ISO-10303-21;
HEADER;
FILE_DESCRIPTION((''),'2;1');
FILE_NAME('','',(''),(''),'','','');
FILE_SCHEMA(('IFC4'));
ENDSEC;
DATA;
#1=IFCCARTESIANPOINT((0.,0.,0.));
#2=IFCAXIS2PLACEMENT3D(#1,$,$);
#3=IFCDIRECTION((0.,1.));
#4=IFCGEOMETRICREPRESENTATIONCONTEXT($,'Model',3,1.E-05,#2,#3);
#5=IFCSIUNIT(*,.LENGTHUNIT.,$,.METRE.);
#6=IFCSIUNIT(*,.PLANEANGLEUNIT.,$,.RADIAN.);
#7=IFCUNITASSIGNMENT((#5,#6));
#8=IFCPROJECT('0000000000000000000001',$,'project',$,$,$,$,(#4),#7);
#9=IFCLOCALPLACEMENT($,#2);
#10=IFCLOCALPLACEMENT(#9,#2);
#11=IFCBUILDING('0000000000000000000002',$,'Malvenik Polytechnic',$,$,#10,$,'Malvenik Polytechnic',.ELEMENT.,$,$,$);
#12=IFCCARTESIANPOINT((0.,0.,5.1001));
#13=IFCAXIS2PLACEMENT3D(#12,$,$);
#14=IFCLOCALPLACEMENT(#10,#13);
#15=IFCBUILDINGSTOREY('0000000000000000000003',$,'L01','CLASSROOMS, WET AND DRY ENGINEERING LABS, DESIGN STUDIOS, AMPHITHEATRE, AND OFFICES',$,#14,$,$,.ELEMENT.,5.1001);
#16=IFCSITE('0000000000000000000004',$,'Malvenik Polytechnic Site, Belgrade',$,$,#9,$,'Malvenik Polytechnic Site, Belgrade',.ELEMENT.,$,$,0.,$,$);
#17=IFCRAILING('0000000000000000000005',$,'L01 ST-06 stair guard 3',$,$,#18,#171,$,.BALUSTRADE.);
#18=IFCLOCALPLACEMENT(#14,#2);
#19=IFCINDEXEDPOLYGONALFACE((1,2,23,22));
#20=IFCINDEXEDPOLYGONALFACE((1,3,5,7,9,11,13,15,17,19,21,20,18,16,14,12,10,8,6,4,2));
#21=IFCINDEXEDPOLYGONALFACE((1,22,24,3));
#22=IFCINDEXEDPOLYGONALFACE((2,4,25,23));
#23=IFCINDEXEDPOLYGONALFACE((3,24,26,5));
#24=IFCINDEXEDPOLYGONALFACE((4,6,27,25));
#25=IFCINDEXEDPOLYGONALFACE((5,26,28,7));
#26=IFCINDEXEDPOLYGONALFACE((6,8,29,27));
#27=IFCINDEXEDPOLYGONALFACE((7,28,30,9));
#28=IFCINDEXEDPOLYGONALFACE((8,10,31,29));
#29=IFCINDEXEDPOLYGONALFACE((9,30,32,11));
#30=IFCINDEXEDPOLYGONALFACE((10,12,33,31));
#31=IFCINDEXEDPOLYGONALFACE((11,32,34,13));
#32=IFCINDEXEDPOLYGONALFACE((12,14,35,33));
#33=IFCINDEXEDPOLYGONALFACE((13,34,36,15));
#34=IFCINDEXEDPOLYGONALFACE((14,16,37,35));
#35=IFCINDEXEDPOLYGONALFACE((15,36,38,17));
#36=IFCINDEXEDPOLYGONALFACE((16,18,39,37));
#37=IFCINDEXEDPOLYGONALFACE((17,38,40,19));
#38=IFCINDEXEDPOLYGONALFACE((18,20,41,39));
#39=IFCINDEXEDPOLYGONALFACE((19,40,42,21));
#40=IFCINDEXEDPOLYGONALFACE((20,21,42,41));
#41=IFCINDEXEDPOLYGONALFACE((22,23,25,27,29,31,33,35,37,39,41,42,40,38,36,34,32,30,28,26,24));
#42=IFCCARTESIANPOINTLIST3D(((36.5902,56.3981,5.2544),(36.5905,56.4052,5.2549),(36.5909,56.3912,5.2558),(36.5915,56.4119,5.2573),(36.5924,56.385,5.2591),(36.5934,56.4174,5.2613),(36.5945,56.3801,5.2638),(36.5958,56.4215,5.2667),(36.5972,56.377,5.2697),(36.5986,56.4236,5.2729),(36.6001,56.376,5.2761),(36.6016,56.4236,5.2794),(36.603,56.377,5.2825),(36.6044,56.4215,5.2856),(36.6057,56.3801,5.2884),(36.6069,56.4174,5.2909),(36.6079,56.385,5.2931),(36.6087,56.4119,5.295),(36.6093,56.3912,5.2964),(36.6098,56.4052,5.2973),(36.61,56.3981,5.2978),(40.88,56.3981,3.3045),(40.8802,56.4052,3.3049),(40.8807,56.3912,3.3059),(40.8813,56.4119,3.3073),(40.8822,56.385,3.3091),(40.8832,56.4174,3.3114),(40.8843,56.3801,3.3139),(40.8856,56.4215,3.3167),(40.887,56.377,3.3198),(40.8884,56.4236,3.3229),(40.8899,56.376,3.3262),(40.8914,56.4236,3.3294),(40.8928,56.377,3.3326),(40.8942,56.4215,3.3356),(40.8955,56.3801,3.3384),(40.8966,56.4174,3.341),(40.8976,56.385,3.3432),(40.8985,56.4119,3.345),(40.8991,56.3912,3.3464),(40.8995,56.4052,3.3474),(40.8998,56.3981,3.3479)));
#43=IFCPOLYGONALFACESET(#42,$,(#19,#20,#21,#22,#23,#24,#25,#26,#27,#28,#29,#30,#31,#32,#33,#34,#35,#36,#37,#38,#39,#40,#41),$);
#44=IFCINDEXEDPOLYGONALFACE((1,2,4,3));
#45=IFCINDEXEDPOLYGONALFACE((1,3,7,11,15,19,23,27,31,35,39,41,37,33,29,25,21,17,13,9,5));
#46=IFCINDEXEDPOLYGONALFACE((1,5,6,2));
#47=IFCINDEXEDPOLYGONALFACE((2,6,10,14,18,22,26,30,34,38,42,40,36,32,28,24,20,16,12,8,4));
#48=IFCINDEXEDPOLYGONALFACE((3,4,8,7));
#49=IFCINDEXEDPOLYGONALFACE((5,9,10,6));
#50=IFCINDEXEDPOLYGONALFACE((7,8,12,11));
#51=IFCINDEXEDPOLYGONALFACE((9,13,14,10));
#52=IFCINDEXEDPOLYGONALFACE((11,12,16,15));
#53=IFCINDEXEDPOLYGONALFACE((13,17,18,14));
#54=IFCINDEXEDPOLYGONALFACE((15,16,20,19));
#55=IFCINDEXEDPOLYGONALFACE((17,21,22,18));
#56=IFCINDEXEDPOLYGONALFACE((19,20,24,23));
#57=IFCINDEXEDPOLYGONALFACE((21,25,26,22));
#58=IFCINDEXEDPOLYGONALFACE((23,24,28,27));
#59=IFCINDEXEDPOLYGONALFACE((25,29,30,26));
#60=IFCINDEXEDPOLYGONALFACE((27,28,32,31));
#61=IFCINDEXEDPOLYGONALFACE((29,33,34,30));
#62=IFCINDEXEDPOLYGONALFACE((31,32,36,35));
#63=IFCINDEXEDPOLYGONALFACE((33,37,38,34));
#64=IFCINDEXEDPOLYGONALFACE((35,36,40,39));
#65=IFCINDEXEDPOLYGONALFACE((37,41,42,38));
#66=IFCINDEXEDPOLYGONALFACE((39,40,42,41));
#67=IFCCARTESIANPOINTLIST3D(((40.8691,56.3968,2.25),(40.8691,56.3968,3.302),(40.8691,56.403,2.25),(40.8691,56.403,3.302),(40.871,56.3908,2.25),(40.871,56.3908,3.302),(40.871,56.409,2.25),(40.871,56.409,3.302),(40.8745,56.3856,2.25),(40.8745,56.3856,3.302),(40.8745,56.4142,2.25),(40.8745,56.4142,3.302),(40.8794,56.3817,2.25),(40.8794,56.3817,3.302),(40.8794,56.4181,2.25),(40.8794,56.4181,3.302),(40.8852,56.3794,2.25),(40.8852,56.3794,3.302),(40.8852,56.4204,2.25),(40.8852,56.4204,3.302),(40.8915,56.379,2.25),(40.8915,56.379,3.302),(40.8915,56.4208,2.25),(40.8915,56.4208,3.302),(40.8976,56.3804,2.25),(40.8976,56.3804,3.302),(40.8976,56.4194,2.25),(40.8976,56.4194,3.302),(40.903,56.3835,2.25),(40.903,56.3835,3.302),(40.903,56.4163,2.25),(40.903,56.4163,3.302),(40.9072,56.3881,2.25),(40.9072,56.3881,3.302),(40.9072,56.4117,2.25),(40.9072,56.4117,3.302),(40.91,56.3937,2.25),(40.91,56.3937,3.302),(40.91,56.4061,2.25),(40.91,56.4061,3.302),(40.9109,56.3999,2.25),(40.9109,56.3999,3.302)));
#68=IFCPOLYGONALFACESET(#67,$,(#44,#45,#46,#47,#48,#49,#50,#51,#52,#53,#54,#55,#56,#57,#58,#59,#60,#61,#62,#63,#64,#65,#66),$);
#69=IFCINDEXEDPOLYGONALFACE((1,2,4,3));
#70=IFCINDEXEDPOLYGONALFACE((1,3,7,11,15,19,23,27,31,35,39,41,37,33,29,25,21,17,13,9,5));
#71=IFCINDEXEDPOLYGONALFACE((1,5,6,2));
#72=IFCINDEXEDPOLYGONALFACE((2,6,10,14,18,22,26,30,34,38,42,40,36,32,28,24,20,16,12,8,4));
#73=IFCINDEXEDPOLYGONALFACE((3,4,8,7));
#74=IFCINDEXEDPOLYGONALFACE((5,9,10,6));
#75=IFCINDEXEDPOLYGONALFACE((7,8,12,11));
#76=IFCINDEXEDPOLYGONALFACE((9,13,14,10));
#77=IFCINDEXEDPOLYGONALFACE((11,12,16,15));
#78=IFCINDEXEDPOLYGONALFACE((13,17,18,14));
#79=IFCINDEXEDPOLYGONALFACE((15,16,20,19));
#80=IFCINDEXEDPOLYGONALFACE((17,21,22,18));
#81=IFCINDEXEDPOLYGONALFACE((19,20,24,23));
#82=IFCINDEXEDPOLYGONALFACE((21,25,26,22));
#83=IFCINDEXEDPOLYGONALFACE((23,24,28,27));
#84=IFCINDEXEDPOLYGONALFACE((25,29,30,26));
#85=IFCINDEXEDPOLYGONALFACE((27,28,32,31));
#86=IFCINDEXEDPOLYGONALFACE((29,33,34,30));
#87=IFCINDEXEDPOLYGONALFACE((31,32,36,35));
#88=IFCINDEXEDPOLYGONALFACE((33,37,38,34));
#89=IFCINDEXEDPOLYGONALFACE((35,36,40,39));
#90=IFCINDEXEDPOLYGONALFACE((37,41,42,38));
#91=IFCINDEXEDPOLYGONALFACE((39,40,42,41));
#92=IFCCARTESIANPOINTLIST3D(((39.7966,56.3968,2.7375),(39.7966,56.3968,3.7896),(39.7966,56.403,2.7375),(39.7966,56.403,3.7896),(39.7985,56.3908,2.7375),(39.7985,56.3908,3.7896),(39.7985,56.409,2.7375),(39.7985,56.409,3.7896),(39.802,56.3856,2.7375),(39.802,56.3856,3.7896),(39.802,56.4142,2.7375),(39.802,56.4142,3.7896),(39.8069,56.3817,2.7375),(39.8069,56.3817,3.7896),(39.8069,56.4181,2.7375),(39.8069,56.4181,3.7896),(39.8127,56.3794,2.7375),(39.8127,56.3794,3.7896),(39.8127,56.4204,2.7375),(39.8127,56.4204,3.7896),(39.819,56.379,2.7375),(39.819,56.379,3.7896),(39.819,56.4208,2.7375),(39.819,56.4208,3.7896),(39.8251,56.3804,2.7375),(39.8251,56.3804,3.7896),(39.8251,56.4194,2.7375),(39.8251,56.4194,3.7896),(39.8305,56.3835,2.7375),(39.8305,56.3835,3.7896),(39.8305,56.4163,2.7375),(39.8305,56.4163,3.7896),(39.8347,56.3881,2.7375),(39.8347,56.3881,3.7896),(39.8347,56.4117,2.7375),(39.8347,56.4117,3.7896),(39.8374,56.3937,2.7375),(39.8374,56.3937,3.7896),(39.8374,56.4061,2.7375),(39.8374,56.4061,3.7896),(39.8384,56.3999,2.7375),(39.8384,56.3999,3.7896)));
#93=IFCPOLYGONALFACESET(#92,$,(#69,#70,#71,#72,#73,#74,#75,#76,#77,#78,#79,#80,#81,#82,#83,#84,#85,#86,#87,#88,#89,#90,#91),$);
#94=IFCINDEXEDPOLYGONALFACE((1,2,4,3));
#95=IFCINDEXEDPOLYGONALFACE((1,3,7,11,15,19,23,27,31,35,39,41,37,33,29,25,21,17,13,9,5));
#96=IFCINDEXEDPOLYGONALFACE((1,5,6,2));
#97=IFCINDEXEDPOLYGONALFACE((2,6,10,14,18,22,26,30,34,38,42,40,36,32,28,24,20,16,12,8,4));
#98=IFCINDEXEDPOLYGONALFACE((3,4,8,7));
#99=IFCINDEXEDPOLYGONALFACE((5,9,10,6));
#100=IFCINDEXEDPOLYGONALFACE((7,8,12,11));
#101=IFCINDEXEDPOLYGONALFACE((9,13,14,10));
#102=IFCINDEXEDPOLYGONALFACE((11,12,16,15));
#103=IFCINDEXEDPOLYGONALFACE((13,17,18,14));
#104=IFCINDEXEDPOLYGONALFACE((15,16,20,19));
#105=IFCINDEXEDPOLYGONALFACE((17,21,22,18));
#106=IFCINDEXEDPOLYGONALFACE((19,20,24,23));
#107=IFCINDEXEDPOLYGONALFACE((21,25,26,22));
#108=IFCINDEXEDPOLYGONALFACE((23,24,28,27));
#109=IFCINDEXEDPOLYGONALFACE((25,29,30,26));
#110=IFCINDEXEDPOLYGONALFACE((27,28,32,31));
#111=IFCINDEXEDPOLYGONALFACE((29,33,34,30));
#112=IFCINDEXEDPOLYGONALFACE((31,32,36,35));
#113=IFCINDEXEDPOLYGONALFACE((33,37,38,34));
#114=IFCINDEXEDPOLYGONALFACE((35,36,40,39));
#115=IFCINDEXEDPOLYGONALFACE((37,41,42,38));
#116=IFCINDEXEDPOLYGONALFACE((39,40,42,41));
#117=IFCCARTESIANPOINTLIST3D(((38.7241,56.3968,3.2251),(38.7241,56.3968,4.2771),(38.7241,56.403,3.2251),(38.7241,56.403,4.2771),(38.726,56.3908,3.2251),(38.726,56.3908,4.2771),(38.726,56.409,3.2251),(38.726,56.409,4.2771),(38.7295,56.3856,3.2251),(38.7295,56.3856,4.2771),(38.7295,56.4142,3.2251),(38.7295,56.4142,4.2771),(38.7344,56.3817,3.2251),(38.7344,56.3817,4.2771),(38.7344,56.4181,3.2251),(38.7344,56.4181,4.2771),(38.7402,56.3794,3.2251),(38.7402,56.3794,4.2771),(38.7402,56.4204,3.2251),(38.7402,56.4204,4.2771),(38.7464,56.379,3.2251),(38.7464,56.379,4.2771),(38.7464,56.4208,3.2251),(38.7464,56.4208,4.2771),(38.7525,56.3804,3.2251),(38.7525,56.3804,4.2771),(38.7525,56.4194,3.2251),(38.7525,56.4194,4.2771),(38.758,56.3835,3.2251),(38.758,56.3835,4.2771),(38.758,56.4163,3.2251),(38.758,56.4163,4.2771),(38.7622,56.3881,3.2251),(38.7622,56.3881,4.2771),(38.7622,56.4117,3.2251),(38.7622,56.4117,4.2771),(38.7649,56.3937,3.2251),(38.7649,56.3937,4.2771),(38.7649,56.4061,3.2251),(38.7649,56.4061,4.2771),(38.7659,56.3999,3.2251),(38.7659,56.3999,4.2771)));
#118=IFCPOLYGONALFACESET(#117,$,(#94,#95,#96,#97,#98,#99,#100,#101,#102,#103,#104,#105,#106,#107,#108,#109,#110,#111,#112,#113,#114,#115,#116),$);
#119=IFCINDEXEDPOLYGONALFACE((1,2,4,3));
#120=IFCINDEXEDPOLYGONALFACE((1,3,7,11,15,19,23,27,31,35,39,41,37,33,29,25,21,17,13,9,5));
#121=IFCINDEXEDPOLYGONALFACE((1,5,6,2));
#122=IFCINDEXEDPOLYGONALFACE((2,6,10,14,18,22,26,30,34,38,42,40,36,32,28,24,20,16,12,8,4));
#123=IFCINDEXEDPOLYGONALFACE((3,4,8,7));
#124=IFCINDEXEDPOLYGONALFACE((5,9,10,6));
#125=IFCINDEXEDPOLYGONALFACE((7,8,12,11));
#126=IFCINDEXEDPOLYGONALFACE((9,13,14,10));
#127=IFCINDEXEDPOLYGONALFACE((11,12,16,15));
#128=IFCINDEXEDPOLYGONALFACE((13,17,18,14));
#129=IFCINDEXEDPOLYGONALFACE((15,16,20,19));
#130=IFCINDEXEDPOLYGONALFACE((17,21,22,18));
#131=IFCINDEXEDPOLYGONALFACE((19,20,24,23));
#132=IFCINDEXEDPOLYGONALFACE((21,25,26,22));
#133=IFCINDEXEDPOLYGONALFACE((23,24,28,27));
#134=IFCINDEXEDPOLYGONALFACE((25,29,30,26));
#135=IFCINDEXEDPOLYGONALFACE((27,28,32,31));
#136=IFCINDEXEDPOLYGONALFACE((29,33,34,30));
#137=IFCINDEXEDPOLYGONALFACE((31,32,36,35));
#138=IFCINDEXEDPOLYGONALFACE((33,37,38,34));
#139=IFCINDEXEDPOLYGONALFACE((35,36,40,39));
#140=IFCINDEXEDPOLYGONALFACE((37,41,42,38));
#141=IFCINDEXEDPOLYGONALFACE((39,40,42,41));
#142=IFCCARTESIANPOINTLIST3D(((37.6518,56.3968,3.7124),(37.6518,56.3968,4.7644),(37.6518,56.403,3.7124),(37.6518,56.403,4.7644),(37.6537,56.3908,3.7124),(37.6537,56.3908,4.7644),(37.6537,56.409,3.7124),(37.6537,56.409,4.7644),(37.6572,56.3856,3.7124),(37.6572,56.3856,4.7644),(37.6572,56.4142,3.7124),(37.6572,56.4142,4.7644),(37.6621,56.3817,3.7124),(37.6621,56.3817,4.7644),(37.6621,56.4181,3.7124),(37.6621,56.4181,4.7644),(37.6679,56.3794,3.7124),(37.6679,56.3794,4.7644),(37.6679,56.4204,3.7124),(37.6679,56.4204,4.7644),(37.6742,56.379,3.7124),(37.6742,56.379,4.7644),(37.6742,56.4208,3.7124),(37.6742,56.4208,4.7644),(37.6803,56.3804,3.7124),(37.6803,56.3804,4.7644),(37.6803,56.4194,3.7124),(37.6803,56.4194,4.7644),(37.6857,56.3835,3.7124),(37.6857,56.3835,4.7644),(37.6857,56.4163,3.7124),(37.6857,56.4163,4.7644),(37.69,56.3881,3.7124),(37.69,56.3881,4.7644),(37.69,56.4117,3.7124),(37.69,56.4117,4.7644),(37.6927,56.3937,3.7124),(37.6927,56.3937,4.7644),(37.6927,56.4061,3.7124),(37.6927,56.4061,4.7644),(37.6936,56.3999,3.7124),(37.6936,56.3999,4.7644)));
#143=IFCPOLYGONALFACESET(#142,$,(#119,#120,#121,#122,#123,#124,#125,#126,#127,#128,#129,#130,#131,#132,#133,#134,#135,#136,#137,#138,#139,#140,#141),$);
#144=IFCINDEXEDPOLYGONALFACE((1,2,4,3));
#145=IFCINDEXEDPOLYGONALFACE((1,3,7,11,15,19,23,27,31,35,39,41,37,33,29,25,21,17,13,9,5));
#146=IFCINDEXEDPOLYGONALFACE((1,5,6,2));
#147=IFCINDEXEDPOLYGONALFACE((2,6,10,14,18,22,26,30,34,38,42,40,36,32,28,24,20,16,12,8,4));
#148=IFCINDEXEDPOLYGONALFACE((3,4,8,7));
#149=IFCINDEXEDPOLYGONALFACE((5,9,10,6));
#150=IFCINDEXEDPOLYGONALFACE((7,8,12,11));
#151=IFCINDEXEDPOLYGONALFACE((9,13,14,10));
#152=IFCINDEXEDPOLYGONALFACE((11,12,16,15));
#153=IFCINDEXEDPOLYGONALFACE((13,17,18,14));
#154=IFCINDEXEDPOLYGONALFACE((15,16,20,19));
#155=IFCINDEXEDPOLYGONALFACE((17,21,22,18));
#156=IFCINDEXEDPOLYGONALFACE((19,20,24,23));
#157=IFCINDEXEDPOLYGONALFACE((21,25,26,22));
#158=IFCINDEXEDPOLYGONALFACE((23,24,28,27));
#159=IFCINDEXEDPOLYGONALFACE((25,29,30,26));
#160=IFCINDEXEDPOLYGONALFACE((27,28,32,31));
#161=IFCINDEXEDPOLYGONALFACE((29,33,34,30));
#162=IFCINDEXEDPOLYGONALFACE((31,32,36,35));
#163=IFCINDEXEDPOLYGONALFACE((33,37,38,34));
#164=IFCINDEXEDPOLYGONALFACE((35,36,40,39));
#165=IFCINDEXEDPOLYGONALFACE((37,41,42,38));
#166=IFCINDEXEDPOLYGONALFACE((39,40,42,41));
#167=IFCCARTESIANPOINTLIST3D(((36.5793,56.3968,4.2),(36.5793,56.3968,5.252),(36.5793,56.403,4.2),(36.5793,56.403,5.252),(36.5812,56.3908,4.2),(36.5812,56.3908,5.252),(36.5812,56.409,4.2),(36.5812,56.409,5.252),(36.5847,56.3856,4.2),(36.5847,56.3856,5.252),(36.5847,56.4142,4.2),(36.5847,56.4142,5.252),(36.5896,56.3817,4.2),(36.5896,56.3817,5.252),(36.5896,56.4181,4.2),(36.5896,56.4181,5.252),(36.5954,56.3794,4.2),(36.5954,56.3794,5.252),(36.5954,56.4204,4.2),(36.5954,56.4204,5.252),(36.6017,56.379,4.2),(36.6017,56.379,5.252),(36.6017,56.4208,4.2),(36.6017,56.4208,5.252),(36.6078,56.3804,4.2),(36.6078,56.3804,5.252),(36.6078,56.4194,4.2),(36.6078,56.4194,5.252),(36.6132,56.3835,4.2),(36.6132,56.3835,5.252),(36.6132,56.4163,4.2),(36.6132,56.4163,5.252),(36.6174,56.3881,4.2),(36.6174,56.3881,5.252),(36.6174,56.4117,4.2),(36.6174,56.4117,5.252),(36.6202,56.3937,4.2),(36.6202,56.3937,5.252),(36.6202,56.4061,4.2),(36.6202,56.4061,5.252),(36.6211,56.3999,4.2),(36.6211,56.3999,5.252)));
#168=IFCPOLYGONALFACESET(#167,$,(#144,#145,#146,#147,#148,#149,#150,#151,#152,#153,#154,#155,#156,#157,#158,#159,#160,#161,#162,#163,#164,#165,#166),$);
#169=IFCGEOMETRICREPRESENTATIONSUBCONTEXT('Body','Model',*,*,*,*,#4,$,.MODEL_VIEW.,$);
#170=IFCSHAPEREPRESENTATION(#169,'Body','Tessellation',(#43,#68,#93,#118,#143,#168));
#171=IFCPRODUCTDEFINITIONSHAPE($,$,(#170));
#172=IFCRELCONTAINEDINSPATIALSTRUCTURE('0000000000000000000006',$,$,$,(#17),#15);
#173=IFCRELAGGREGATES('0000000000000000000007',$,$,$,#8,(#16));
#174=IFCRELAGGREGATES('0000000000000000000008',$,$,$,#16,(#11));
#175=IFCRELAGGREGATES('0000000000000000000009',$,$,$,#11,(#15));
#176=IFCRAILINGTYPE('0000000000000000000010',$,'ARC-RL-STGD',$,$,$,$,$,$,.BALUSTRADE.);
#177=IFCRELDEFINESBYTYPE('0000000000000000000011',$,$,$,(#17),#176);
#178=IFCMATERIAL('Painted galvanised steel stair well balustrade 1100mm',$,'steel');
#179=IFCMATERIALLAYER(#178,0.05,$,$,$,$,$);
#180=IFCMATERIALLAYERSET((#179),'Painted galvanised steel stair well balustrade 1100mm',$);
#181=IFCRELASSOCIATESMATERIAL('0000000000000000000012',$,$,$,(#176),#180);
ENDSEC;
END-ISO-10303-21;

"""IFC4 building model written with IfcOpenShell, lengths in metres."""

from ifc_helpers import new_model, si_unit, direction, frame, origin, origin_2d, place, context, subcontext, project, spatial, circle, extrude, material, layer, layer_set, type_object, element, save


model = new_model("IFC4")

# Units and contexts
model_context = context("Model", 3, precision=1e-05, world=origin(), true_north=direction((0.0, 1.0)))
body_context = subcontext(model_context, "Body", "Model", "MODEL_VIEW")
ifc_project = project(units=[si_unit("LENGTHUNIT", "METRE"), si_unit("PLANEANGLEUNIT", "RADIAN")], contexts=[model_context])

# Site, building, storey
site_placement = place(None, origin())
site = spatial("IfcSite", under=ifc_project, at=site_placement, Name="Malvenik Polytechnic Site, Belgrade", LongName="Malvenik Polytechnic Site, Belgrade", CompositionType="ELEMENT", RefElevation=0.0)
building_placement = place(site_placement, origin())
building = spatial("IfcBuilding", under=site, at=building_placement, Name="Malvenik Polytechnic", LongName="Malvenik Polytechnic", CompositionType="ELEMENT")
storey_placement = place(building_placement, frame((0.0, 0.0, 5.1001)))
storey = spatial("IfcBuildingStorey", under=building, at=storey_placement, Name="L01", Description="CLASSROOMS, WET AND DRY ENGINEERING LABS, DESIGN STUDIOS, AMPHITHEATRE, AND OFFICES", CompositionType="ELEMENT", Elevation=5.1001)

# Railing
ifc_material_1 = material(Name="Painted galvanised steel stair well balustrade 1100mm", Category="steel")
ifc_layer_1 = layer(ifc_material_1, 0.05)
ifc_layer_set_1 = layer_set([ifc_layer_1], Name="Painted galvanised steel stair well balustrade 1100mm")
railing_type_1 = type_object("IfcRailingType", Name="ARC-RL-STGD", PredefinedType="BALUSTRADE", material=ifc_layer_set_1)
railing_1_placement = place(storey_placement, frame((40.8899, 56.3999, 2.25)))
element("IfcRailing", 1, at=railing_1_placement, inside=storey, type_object=railing_type_1, Name="L01 ST-06 stair guard 3", PredefinedType="BALUSTRADE", context=body_context, shape_type="SweptSolid", body=[
    extrude(circle(Radius=0.0239, at=origin_2d()), frame((0.0, 0.0, 1.0762), z_axis=(-0.910363, 0.0, 0.413811), x_axis=(0.0, -1.0, 0.0)), (0.0, 0.0, 1.0), 4.7122),
    extrude(circle(Radius=0.021, at=origin_2d()), origin(), (0.0, 0.0, 1.0), 1.052),
    extrude(circle(Radius=0.021, at=origin_2d()), frame((-1.0725, 0.0, 0.4875)), (0.0, 0.0, 1.0), 1.052),
    extrude(circle(Radius=0.021, at=origin_2d()), frame((-2.145, 0.0, 0.9751)), (0.0, 0.0, 1.0), 1.052),
    extrude(circle(Radius=0.021, at=origin_2d()), frame((-3.2173, 0.0, 1.4624)), (0.0, 0.0, 1.0), 1.052),
    extrude(circle(Radius=0.021, at=origin_2d()), frame((-4.2898, 0.0, 1.95)), (0.0, 0.0, 1.0), 1.052),
])

save(model, "model.ifc")
